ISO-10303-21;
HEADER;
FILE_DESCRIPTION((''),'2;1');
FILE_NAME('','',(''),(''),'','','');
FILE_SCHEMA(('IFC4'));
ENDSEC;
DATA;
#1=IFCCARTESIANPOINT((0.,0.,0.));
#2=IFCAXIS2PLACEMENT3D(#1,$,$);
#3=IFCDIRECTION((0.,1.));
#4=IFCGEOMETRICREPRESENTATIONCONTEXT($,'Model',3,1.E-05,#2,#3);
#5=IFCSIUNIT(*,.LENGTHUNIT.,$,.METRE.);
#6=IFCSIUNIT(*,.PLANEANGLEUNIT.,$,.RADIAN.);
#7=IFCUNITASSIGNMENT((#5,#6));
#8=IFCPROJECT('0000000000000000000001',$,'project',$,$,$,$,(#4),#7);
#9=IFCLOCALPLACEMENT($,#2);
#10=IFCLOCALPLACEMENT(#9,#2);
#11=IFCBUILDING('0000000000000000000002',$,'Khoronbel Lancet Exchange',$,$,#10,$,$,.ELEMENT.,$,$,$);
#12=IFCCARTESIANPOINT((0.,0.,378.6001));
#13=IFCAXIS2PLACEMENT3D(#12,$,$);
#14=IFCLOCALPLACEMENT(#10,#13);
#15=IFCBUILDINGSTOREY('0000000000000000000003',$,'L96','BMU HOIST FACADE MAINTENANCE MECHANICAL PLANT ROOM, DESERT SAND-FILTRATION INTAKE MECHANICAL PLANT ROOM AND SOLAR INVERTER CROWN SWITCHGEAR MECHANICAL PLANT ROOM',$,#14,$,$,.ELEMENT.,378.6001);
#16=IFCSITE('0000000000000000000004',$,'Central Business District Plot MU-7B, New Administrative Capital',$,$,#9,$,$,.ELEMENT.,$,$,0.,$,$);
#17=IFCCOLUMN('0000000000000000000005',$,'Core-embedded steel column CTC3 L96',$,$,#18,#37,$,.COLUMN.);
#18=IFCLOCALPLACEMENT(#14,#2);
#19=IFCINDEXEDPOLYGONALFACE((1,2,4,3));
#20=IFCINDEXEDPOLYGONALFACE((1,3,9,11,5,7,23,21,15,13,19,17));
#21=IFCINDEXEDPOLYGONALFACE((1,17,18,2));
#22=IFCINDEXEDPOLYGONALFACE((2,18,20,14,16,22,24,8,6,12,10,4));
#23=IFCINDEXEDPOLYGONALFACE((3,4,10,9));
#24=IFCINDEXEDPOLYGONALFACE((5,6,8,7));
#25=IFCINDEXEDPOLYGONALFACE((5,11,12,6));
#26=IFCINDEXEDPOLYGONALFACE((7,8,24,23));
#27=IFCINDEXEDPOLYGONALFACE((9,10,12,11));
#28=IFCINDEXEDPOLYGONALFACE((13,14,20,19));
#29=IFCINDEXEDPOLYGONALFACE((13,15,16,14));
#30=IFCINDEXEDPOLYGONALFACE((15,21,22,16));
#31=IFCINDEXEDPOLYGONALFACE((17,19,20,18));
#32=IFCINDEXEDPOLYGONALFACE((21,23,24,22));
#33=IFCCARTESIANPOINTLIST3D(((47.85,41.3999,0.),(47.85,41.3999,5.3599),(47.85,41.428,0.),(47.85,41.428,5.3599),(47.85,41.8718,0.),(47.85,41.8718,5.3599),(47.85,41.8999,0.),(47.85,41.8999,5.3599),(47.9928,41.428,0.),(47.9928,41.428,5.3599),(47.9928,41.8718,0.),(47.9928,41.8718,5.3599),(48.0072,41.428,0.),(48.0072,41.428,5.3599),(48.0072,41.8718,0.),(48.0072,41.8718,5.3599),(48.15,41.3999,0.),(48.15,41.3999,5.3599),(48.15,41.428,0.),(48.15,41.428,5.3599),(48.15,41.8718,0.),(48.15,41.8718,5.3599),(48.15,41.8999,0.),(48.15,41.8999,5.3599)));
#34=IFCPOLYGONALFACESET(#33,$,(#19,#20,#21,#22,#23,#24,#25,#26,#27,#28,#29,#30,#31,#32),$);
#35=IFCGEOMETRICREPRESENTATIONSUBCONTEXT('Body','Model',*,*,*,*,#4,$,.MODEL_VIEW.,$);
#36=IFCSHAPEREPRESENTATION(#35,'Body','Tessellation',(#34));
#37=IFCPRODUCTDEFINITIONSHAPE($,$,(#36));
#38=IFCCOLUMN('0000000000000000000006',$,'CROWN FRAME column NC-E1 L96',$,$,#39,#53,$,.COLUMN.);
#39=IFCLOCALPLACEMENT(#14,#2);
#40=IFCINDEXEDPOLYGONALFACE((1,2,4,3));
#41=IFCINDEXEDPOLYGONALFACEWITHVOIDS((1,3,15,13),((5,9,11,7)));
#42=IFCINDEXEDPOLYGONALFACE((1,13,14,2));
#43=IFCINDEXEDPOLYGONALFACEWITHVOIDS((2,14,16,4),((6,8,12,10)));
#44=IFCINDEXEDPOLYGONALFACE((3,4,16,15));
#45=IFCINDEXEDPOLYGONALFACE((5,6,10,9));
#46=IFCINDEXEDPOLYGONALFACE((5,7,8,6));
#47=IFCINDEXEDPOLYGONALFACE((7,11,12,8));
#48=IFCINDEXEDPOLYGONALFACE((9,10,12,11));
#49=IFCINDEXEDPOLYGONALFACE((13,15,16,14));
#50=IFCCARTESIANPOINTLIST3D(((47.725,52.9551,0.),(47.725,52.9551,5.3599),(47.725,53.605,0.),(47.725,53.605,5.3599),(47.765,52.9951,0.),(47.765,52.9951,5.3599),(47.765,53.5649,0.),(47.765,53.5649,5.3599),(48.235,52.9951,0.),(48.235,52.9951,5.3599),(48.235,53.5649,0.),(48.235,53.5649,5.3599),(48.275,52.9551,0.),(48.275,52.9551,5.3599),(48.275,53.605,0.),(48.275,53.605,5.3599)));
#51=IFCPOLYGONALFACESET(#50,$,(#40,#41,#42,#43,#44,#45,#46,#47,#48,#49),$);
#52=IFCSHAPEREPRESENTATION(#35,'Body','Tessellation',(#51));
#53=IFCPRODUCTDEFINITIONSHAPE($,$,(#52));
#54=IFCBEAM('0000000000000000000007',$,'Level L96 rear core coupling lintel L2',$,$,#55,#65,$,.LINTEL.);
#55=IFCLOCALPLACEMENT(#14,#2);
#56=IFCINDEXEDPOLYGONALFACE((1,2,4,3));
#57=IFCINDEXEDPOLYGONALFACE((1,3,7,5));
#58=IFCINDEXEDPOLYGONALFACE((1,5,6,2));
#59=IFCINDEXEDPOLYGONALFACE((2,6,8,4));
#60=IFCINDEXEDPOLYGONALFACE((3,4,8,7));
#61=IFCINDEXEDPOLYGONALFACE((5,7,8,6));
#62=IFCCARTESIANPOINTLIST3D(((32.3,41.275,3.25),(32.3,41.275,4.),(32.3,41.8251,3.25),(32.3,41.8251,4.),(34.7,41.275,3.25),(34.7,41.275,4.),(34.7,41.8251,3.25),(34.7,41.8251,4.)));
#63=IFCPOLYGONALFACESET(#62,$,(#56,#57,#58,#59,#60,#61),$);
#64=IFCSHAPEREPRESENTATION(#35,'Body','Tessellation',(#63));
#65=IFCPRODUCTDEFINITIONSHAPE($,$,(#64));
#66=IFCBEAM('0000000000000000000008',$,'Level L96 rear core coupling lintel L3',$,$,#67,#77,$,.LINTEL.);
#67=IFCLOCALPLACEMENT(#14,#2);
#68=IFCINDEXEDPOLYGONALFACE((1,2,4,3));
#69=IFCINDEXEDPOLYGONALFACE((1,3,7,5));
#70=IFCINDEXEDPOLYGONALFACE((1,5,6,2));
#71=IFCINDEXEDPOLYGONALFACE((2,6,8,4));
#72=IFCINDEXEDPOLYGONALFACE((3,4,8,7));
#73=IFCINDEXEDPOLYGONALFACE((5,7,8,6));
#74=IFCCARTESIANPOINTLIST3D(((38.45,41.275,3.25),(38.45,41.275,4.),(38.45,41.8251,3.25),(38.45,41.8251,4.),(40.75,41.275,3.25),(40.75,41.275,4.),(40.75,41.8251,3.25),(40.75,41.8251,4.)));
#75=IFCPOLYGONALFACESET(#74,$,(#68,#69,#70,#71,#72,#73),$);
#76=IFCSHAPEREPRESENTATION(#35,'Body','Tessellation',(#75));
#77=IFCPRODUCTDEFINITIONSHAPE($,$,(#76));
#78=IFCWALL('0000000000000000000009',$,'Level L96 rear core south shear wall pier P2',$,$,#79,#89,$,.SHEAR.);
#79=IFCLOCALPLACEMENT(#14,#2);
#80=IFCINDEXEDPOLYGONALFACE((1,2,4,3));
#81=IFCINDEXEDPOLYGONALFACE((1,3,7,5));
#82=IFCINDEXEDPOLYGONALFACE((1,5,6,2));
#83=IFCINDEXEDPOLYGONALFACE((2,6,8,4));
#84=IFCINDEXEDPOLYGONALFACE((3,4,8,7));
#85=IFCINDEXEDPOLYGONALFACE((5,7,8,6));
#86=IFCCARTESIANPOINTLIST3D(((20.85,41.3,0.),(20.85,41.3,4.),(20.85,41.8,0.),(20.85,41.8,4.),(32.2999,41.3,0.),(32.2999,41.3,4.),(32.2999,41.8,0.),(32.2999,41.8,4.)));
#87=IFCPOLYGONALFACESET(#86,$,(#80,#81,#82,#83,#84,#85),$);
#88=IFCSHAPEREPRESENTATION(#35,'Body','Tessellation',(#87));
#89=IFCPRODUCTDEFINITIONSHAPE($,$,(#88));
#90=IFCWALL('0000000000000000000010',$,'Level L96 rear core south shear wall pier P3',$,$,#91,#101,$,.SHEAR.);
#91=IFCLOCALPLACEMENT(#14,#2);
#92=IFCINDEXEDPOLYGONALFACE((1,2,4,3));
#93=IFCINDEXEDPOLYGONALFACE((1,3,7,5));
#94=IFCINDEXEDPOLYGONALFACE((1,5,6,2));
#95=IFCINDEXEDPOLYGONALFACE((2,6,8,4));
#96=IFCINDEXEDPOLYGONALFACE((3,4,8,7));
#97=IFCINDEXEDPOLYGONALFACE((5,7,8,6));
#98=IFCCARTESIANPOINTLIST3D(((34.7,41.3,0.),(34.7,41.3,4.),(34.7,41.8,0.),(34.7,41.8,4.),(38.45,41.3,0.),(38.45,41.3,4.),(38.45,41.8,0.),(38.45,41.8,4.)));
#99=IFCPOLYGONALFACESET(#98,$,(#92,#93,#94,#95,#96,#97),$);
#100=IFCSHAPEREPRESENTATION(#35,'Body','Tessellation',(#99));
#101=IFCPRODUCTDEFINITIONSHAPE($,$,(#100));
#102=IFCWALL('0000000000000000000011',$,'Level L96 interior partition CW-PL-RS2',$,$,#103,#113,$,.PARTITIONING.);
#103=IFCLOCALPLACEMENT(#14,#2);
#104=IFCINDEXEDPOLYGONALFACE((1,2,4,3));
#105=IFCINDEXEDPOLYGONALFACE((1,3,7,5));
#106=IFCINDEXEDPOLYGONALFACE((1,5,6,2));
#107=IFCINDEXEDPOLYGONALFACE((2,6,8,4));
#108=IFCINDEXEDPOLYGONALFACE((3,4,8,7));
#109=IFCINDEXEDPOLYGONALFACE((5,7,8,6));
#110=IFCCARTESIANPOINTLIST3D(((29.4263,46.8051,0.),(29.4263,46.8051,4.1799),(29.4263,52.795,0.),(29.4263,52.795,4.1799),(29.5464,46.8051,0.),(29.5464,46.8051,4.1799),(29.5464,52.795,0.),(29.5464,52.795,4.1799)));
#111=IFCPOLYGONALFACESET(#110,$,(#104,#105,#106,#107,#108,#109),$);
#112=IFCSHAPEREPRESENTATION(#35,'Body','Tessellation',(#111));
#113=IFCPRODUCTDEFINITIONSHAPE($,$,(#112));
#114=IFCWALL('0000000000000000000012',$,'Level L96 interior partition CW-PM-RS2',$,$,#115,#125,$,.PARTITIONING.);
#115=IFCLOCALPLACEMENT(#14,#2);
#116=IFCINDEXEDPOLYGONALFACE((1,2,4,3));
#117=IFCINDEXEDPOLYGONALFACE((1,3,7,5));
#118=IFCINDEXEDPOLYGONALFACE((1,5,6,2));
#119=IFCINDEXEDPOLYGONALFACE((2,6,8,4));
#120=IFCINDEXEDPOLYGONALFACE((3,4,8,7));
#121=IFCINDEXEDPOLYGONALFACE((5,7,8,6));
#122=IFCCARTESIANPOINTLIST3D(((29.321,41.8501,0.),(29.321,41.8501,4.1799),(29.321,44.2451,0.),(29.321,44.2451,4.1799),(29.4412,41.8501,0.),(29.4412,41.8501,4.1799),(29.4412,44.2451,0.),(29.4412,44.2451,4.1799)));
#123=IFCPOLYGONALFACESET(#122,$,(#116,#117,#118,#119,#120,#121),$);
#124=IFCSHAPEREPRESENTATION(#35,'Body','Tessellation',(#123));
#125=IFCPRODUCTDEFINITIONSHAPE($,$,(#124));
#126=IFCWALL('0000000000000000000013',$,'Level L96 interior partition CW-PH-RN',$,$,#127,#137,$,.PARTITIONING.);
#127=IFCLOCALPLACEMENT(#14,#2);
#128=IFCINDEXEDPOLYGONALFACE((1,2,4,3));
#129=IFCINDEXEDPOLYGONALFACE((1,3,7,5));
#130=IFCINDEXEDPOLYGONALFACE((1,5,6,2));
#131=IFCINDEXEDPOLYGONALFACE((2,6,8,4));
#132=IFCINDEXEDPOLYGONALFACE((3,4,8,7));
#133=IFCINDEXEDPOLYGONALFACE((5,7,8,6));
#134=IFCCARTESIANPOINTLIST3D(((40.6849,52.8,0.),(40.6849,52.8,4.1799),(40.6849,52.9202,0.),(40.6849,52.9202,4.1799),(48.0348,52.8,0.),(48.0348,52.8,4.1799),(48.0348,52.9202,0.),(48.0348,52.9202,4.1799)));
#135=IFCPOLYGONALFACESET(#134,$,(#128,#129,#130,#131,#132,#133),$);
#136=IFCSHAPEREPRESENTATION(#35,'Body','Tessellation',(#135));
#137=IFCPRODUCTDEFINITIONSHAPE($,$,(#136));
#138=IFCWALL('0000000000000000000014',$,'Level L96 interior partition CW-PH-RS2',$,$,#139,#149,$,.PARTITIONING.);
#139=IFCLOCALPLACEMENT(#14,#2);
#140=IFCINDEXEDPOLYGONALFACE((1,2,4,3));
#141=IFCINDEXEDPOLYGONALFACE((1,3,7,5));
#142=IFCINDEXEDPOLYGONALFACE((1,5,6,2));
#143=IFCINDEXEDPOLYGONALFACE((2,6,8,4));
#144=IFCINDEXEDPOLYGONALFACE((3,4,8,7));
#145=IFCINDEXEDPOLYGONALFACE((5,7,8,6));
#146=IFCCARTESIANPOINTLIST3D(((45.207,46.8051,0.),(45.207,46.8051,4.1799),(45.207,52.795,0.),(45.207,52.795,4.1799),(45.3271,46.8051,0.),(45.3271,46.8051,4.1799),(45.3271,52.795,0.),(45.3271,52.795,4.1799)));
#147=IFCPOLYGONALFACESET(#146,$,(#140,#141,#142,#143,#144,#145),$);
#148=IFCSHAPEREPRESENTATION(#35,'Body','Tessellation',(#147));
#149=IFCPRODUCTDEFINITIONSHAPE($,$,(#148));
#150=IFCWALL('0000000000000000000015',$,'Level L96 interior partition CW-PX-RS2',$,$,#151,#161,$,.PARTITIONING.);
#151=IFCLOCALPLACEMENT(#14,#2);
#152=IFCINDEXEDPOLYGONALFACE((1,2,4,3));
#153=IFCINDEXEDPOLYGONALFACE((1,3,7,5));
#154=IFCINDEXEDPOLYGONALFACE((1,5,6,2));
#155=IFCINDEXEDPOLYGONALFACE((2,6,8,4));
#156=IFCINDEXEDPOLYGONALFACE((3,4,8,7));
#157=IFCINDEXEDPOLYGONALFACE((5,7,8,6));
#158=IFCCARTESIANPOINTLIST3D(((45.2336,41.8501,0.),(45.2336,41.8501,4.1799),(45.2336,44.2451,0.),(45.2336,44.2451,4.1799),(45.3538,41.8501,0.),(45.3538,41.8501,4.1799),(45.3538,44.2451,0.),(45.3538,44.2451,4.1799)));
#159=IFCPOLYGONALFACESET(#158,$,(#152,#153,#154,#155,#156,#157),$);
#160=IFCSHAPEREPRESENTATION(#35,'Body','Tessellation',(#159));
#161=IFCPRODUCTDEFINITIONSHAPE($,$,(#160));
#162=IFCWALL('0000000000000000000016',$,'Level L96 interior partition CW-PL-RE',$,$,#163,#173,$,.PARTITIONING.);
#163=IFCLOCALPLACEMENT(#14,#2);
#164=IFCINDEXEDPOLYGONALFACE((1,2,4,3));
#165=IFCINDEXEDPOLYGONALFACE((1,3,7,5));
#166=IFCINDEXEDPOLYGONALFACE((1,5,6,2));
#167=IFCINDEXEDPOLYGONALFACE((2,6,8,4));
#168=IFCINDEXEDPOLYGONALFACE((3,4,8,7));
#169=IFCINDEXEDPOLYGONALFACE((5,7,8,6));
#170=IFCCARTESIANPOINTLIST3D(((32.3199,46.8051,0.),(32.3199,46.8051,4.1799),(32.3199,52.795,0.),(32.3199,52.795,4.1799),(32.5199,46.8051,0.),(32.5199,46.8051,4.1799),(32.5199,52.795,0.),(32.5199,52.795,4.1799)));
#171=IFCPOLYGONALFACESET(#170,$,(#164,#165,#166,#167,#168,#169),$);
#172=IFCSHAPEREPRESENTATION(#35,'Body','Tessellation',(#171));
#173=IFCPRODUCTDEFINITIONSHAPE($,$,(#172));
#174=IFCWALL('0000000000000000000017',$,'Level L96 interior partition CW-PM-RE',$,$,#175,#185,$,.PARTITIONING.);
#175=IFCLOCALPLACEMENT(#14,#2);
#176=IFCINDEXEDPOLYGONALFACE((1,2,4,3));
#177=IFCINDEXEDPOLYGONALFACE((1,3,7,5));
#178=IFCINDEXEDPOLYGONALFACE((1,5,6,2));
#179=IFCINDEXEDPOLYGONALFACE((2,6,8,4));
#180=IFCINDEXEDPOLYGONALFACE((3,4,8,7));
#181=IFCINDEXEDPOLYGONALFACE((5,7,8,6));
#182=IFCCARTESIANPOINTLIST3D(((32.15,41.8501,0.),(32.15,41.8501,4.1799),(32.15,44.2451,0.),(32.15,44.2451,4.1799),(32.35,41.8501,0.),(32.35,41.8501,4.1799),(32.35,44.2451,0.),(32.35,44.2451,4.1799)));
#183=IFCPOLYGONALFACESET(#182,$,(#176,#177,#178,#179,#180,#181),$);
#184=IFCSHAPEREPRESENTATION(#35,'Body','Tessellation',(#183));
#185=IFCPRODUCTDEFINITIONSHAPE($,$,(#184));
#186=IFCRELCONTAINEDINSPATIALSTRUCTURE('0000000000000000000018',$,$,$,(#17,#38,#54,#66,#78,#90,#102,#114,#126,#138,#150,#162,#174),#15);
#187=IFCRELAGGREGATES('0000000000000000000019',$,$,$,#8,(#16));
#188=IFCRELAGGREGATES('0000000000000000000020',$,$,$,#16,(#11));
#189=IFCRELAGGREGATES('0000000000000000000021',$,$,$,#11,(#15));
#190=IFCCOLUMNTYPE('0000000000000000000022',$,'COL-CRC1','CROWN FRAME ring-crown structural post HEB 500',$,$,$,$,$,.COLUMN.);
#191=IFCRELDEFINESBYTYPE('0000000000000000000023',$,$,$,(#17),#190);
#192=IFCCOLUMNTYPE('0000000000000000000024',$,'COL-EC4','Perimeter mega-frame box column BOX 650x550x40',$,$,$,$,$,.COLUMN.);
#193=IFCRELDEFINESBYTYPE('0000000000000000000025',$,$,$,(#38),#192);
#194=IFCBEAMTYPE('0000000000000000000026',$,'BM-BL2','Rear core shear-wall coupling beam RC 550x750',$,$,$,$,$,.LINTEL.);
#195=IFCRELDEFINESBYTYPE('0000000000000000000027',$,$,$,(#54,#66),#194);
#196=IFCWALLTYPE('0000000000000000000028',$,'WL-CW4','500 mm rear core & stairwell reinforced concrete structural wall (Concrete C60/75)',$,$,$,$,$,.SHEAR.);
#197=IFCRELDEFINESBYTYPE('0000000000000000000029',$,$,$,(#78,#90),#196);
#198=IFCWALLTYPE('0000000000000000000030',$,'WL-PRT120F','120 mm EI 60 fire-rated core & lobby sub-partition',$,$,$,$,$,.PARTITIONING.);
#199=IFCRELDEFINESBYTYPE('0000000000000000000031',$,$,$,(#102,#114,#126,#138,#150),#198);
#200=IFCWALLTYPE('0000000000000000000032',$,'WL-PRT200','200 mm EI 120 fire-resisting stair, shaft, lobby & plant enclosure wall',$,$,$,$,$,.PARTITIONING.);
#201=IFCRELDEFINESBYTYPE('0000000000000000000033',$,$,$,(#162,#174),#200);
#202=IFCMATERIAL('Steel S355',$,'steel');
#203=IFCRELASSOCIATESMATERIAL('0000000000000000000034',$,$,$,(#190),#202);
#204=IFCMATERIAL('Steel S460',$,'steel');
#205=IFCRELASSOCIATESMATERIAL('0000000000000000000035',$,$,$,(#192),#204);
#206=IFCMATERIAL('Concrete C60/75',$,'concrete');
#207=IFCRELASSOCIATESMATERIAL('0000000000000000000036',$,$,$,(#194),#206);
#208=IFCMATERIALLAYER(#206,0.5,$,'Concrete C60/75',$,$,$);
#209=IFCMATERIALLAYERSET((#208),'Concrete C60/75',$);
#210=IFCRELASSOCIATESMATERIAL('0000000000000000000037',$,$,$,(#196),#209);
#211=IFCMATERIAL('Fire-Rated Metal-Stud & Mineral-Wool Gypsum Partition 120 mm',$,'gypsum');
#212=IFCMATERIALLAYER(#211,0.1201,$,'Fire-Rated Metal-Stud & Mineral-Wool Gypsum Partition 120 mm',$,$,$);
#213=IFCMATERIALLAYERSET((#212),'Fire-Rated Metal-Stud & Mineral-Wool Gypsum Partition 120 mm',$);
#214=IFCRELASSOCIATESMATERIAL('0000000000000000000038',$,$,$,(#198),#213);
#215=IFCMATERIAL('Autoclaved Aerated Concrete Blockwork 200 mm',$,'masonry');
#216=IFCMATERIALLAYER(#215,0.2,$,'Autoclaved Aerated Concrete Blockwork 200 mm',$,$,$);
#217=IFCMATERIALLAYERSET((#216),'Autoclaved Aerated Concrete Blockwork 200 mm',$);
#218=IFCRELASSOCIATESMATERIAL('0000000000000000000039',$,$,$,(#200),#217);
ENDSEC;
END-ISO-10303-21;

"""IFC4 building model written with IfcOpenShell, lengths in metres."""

from ifc_helpers import new_model, si_unit, direction, frame, frame_2d, origin, origin_2d, place, context, subcontext, project, spatial, rectangle, hollow_rectangle, i_section, extrude, material, layer, layer_set, material_profile, profile_set, type_object, element, save


model = new_model("IFC4")

# Units and contexts
model_context = context("Model", 3, precision=1e-05, world=origin(), true_north=direction((0.0, 1.0)))
body_context = subcontext(model_context, "Body", "Model", "MODEL_VIEW")
ifc_project = project(units=[si_unit("LENGTHUNIT", "METRE"), si_unit("PLANEANGLEUNIT", "RADIAN")], contexts=[model_context])

# Site, building, storey
site_placement = place(None, origin())
site = spatial("IfcSite", under=ifc_project, at=site_placement, Name="Central Business District Plot MU-7B, New Administrative Capital", CompositionType="ELEMENT", RefElevation=0.0)
building_placement = place(site_placement, origin())
building = spatial("IfcBuilding", under=site, at=building_placement, Name="Khoronbel Lancet Exchange", CompositionType="ELEMENT")
storey_placement = place(building_placement, frame((0.0, 0.0, 378.6001)))
storey = spatial("IfcBuildingStorey", under=building, at=storey_placement, Name="L96", Description="BMU HOIST FACADE MAINTENANCE MECHANICAL PLANT ROOM, DESERT SAND-FILTRATION INTAKE MECHANICAL PLANT ROOM AND SOLAR INVERTER CROWN SWITCHGEAR MECHANICAL PLANT ROOM", CompositionType="ELEMENT", Elevation=378.6001)

# Columns
ifc_material_1 = material(Name="Steel S355", Category="steel")
ifc_material_profile_1 = material_profile(ifc_material_1, i_section(OverallWidth=0.3, OverallDepth=0.5, WebThickness=0.0144, FlangeThickness=0.0281, at=origin_2d()), Name="HEB 500")
ifc_profile_set_1 = profile_set([ifc_material_profile_1], Name="Steel S355")
column_type_1 = type_object("IfcColumnType", Name="COL-CRC1", Description="CROWN FRAME ring-crown structural post HEB 500", PredefinedType="COLUMN", material=ifc_profile_set_1)
column_1_placement = place(storey_placement, frame((48.0, 41.6499, 0.0), z_axis=(0.0, 0.0, 1.0), x_axis=(1.0, 0.0, 0.0)))
element("IfcColumn", 1, at=column_1_placement, inside=storey, type_object=column_type_1, Name="Core-embedded steel column CTC3 L96", PredefinedType="COLUMN", context=body_context, shape_type="SweptSolid", body=[
    extrude(i_section(OverallWidth=0.3, OverallDepth=0.5, WebThickness=0.0144, FlangeThickness=0.0281, at=origin_2d()), origin(), (0.0, 0.0, 1.0), 5.3599),
])
ifc_material_2 = material(Name="Steel S460", Category="steel")
ifc_material_profile_2 = material_profile(ifc_material_2, hollow_rectangle(XDim=0.55, YDim=0.6499, WallThickness=0.04, at=origin_2d()), Name="BOX 650x550x40")
ifc_profile_set_2 = profile_set([ifc_material_profile_2], Name="Steel S460")
column_type_2 = type_object("IfcColumnType", Name="COL-EC4", Description="Perimeter mega-frame box column BOX 650x550x40", PredefinedType="COLUMN", material=ifc_profile_set_2)
column_2_placement = place(storey_placement, frame((48.0, 53.28, 0.0), z_axis=(0.0, 0.0, 1.0), x_axis=(1.0, 0.0, 0.0)))
element("IfcColumn", 2, at=column_2_placement, inside=storey, type_object=column_type_2, Name="CROWN FRAME column NC-E1 L96", PredefinedType="COLUMN", context=body_context, shape_type="SweptSolid", body=[
    extrude(hollow_rectangle(XDim=0.55, YDim=0.6499, WallThickness=0.04, at=origin_2d()), origin(), (0.0, 0.0, 1.0), 5.3599),
])

# Beams
ifc_material_3 = material(Name="Concrete C60/75", Category="concrete")
ifc_material_profile_3 = material_profile(ifc_material_3, rectangle(XDim=0.55, YDim=0.75, at=origin_2d()), Name="RC 550x750")
ifc_profile_set_3 = profile_set([ifc_material_profile_3], Name="Concrete C60/75")
beam_type = type_object("IfcBeamType", Name="BM-BL2", Description="Rear core shear-wall coupling beam RC 550x750", PredefinedType="LINTEL", material=ifc_profile_set_3)
beam_1_placement = place(storey_placement, frame((32.3, 41.55, 3.625), z_axis=(1.0, 0.0, 0.0), x_axis=(0.0, 1.0, 0.0)))
element("IfcBeam", 3, at=beam_1_placement, inside=storey, type_object=beam_type, Name="Level L96 rear core coupling lintel L2", PredefinedType="LINTEL", context=body_context, shape_type="SweptSolid", body=[
    extrude(rectangle(XDim=0.55, YDim=0.75, at=origin_2d()), origin(), (0.0, 0.0, 1.0), 2.3999),
])
beam_2_placement = place(storey_placement, frame((38.45, 41.55, 3.625), z_axis=(1.0, 0.0, 0.0), x_axis=(0.0, 1.0, 0.0)))
element("IfcBeam", 4, at=beam_2_placement, inside=storey, type_object=beam_type, Name="Level L96 rear core coupling lintel L3", PredefinedType="LINTEL", context=body_context, shape_type="SweptSolid", body=[
    extrude(rectangle(XDim=0.55, YDim=0.75, at=origin_2d()), origin(), (0.0, 0.0, 1.0), 2.3),
])

# Walls
ifc_layer_1 = layer(ifc_material_3, 0.5, Name="Concrete C60/75")
ifc_layer_set_1 = layer_set([ifc_layer_1], Name="Concrete C60/75")
wall_type_1 = type_object("IfcWallType", Name="WL-CW4", Description="500 mm rear core & stairwell reinforced concrete structural wall (Concrete C60/75)", PredefinedType="SHEAR", material=ifc_layer_set_1)
wall_1_placement = place(storey_placement, frame((32.3, 41.55, 0.0), z_axis=(0.0, 0.0, 1.0), x_axis=(-1.0, 0.0, 0.0)))
element("IfcWall", 5, at=wall_1_placement, inside=storey, type_object=wall_type_1, Name="Level L96 rear core south shear wall pier P2", PredefinedType="SHEAR", context=body_context, shape_type="SweptSolid", body=[
    extrude(rectangle(XDim=11.45, YDim=0.5, at=frame_2d((5.7251, 0.0))), origin(), (0.0, 0.0, 1.0), 4.0),
])
wall_2_placement = place(storey_placement, frame((38.45, 41.55, 0.0), z_axis=(0.0, 0.0, 1.0), x_axis=(-1.0, 0.0, 0.0)))
element("IfcWall", 6, at=wall_2_placement, inside=storey, type_object=wall_type_1, Name="Level L96 rear core south shear wall pier P3", PredefinedType="SHEAR", context=body_context, shape_type="SweptSolid", body=[
    extrude(rectangle(XDim=3.75, YDim=0.5, at=frame_2d((1.875, 0.0))), origin(), (0.0, 0.0, 1.0), 4.0),
])
ifc_material_4 = material(Name="Fire-Rated Metal-Stud & Mineral-Wool Gypsum Partition 120 mm", Category="gypsum")
ifc_layer_2 = layer(ifc_material_4, 0.1201, Name="Fire-Rated Metal-Stud & Mineral-Wool Gypsum Partition 120 mm")
ifc_layer_set_2 = layer_set([ifc_layer_2], Name="Fire-Rated Metal-Stud & Mineral-Wool Gypsum Partition 120 mm")
wall_type_2 = type_object("IfcWallType", Name="WL-PRT120F", Description="120 mm EI 60 fire-rated core & lobby sub-partition", PredefinedType="PARTITIONING", material=ifc_layer_set_2)
wall_3_placement = place(storey_placement, frame((29.4863, 46.8049, 0.0), z_axis=(0.0, 0.0, 1.0), x_axis=(0.0, 1.0, 0.0)))
element("IfcWall", 7, at=wall_3_placement, inside=storey, type_object=wall_type_2, Name="Level L96 interior partition CW-PL-RS2", PredefinedType="PARTITIONING", context=body_context, shape_type="SweptSolid", body=[
    extrude(rectangle(XDim=5.99, YDim=0.1201, at=frame_2d((2.9951, 0.0))), origin(), (0.0, 0.0, 1.0), 4.1799),
])
wall_4_placement = place(storey_placement, frame((29.3811, 41.8501, 0.0), z_axis=(0.0, 0.0, 1.0), x_axis=(0.0, 1.0, 0.0)))
element("IfcWall", 8, at=wall_4_placement, inside=storey, type_object=wall_type_2, Name="Level L96 interior partition CW-PM-RS2", PredefinedType="PARTITIONING", context=body_context, shape_type="SweptSolid", body=[
    extrude(rectangle(XDim=2.395, YDim=0.1201, at=frame_2d((1.1975, 0.0))), origin(), (0.0, 0.0, 1.0), 4.1799),
])
wall_5_placement = place(storey_placement, frame((40.6851, 52.8601, 0.0), z_axis=(0.0, 0.0, 1.0), x_axis=(1.0, 0.0, 0.0)))
element("IfcWall", 9, at=wall_5_placement, inside=storey, type_object=wall_type_2, Name="Level L96 interior partition CW-PH-RN", PredefinedType="PARTITIONING", context=body_context, shape_type="SweptSolid", body=[
    extrude(rectangle(XDim=7.3499, YDim=0.1201, at=frame_2d((3.6748, 0.0))), origin(), (0.0, 0.0, 1.0), 4.1799),
])
wall_6_placement = place(storey_placement, frame((45.2671, 46.8049, 0.0), z_axis=(0.0, 0.0, 1.0), x_axis=(0.0, 1.0, 0.0)))
element("IfcWall", 10, at=wall_6_placement, inside=storey, type_object=wall_type_2, Name="Level L96 interior partition CW-PH-RS2", PredefinedType="PARTITIONING", context=body_context, shape_type="SweptSolid", body=[
    extrude(rectangle(XDim=5.99, YDim=0.1201, at=frame_2d((2.9951, 0.0))), origin(), (0.0, 0.0, 1.0), 4.1799),
])
wall_7_placement = place(storey_placement, frame((45.2937, 41.8501, 0.0), z_axis=(0.0, 0.0, 1.0), x_axis=(0.0, 1.0, 0.0)))
element("IfcWall", 11, at=wall_7_placement, inside=storey, type_object=wall_type_2, Name="Level L96 interior partition CW-PX-RS2", PredefinedType="PARTITIONING", context=body_context, shape_type="SweptSolid", body=[
    extrude(rectangle(XDim=2.395, YDim=0.1201, at=frame_2d((1.1975, 0.0))), origin(), (0.0, 0.0, 1.0), 4.1799),
])
ifc_material_5 = material(Name="Autoclaved Aerated Concrete Blockwork 200 mm", Category="masonry")
ifc_layer_3 = layer(ifc_material_5, 0.2, Name="Autoclaved Aerated Concrete Blockwork 200 mm")
ifc_layer_set_3 = layer_set([ifc_layer_3], Name="Autoclaved Aerated Concrete Blockwork 200 mm")
wall_type_3 = type_object("IfcWallType", Name="WL-PRT200", Description="200 mm EI 120 fire-resisting stair, shaft, lobby & plant enclosure wall", PredefinedType="PARTITIONING", material=ifc_layer_set_3)
wall_8_placement = place(storey_placement, frame((32.4199, 46.8049, 0.0), z_axis=(0.0, 0.0, 1.0), x_axis=(0.0, 1.0, 0.0)))
element("IfcWall", 12, at=wall_8_placement, inside=storey, type_object=wall_type_3, Name="Level L96 interior partition CW-PL-RE", PredefinedType="PARTITIONING", context=body_context, shape_type="SweptSolid", body=[
    extrude(rectangle(XDim=5.99, YDim=0.2, at=frame_2d((2.9951, 0.0))), origin(), (0.0, 0.0, 1.0), 4.1799),
])
wall_9_placement = place(storey_placement, frame((32.25, 41.8501, 0.0), z_axis=(0.0, 0.0, 1.0), x_axis=(0.0, 1.0, 0.0)))
element("IfcWall", 13, at=wall_9_placement, inside=storey, type_object=wall_type_3, Name="Level L96 interior partition CW-PM-RE", PredefinedType="PARTITIONING", context=body_context, shape_type="SweptSolid", body=[
    extrude(rectangle(XDim=2.395, YDim=0.2, at=frame_2d((1.1975, 0.0))), origin(), (0.0, 0.0, 1.0), 4.1799),
])

save(model, "model.ifc")
